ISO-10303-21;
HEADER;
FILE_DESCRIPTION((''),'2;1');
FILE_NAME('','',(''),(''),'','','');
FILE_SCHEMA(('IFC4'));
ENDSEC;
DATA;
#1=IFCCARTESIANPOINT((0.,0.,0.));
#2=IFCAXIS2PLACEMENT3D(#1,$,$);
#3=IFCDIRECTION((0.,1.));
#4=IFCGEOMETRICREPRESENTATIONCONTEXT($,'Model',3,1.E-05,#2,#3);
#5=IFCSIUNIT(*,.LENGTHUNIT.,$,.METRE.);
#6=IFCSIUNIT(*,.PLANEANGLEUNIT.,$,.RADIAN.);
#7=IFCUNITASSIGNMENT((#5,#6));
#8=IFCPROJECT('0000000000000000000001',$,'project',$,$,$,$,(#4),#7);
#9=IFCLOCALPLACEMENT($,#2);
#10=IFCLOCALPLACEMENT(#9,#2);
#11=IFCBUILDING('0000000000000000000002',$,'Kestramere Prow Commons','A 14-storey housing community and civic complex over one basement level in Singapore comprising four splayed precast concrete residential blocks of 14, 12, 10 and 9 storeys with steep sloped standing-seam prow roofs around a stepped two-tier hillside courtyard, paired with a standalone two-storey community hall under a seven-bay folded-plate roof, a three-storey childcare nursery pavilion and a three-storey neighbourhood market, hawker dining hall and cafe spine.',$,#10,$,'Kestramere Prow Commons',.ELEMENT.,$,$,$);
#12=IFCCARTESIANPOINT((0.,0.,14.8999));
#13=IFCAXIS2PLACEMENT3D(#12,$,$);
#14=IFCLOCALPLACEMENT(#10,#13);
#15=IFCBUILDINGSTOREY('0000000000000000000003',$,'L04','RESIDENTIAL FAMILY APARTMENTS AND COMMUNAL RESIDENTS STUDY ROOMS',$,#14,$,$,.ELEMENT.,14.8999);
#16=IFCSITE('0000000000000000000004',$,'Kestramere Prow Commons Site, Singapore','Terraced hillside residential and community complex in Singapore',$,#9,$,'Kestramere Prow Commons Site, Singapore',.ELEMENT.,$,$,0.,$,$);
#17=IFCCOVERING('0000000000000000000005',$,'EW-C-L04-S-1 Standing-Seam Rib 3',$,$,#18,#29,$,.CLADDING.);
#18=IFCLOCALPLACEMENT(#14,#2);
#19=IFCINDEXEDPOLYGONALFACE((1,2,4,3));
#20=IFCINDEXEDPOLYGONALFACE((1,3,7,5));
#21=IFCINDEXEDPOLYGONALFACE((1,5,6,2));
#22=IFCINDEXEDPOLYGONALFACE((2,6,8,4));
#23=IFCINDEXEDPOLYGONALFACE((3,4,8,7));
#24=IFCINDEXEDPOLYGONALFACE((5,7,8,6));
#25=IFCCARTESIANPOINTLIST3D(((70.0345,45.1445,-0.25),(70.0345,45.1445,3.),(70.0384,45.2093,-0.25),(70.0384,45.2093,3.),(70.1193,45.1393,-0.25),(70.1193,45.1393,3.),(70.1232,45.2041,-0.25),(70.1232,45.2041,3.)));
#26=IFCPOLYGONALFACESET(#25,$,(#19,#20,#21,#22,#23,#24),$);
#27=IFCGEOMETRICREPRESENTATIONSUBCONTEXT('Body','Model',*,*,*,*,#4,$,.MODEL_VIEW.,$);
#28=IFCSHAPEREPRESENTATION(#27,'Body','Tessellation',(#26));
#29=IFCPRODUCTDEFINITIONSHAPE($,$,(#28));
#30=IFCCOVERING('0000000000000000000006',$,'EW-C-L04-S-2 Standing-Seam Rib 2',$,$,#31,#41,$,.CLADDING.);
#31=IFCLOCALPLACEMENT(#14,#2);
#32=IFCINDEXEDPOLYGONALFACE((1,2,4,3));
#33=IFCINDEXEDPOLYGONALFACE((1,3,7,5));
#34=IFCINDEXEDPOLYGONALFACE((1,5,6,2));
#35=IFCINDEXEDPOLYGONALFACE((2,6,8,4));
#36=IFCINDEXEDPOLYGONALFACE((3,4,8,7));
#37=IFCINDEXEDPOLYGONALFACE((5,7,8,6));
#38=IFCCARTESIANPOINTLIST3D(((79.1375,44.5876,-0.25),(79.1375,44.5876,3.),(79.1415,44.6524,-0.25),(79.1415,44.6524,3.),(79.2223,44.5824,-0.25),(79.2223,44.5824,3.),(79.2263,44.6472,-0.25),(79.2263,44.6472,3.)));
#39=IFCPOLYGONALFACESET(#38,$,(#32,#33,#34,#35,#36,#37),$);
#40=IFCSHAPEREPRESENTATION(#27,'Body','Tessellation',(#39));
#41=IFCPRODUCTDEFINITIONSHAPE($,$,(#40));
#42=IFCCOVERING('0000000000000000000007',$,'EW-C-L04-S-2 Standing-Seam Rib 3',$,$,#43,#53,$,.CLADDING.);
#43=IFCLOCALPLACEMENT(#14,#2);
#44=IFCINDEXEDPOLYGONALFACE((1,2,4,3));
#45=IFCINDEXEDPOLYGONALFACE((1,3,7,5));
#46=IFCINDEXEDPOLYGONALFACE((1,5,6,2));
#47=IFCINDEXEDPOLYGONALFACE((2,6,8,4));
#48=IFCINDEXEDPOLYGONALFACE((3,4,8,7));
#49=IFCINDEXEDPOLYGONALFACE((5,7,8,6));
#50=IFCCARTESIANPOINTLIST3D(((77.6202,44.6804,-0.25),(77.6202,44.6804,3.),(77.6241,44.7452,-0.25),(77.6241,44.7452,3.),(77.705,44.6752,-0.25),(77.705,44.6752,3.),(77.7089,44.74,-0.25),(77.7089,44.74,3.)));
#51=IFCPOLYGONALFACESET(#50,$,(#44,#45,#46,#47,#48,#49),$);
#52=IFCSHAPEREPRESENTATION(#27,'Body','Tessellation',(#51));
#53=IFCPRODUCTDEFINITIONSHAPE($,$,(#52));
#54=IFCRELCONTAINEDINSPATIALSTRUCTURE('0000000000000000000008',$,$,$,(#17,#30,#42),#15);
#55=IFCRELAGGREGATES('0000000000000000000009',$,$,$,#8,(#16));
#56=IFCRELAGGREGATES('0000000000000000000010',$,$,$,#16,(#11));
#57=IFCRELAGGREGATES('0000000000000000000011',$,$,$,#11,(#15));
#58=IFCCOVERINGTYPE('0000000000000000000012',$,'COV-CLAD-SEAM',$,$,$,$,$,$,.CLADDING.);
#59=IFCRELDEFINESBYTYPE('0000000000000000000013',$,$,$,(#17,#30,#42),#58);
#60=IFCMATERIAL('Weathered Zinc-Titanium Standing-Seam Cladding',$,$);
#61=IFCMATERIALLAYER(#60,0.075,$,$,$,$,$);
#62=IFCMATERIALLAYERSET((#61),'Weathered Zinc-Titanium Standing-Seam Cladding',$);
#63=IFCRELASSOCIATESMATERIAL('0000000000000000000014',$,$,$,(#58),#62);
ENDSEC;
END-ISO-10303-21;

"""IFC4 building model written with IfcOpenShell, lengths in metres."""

from ifc_helpers import new_model, si_unit, direction, frame, origin, origin_2d, place, context, subcontext, project, spatial, rectangle, extrude, material, layer, layer_set, type_object, element, save


model = new_model("IFC4")

# Units and contexts
model_context = context("Model", 3, precision=1e-05, world=origin(), true_north=direction((0.0, 1.0)))
body_context = subcontext(model_context, "Body", "Model", "MODEL_VIEW")
ifc_project = project(units=[si_unit("LENGTHUNIT", "METRE"), si_unit("PLANEANGLEUNIT", "RADIAN")], contexts=[model_context])

# Site, building, storey
site_placement = place(None, origin())
site = spatial("IfcSite", under=ifc_project, at=site_placement, Name="Kestramere Prow Commons Site, Singapore", Description="Terraced hillside residential and community complex in Singapore", LongName="Kestramere Prow Commons Site, Singapore", CompositionType="ELEMENT", RefElevation=0.0)
building_placement = place(site_placement, origin())
building = spatial("IfcBuilding", under=site, at=building_placement, Name="Kestramere Prow Commons", Description="A 14-storey housing community and civic complex over one basement level in Singapore comprising four splayed precast concrete residential blocks of 14, 12, 10 and 9 storeys with steep sloped standing-seam prow roofs around a stepped two-tier hillside courtyard, paired with a standalone two-storey community hall under a seven-bay folded-plate roof, a three-storey childcare nursery pavilion and a three-storey neighbourhood market, hawker dining hall and cafe spine.", LongName="Kestramere Prow Commons", CompositionType="ELEMENT")
storey_placement = place(building_placement, frame((0.0, 0.0, 14.8999)))
storey = spatial("IfcBuildingStorey", under=building, at=storey_placement, Name="L04", Description="RESIDENTIAL FAMILY APARTMENTS AND COMMUNAL RESIDENTS STUDY ROOMS", CompositionType="ELEMENT", Elevation=14.8999)

# Coverings
ifc_material_1 = material(Name="Weathered Zinc-Titanium Standing-Seam Cladding")
ifc_layer_1 = layer(ifc_material_1, 0.075)
ifc_layer_set_1 = layer_set([ifc_layer_1], Name="Weathered Zinc-Titanium Standing-Seam Cladding")
covering_type = type_object("IfcCoveringType", Name="COV-CLAD-SEAM", PredefinedType="CLADDING", material=ifc_layer_set_1)
for number, where, z_axis, x_axis, name in (
    (1, (70.0789, 45.1743, -0.25), (0.0, 0.0, 1.0), (-0.998135, 0.061049, 0.0), "EW-C-L04-S-1 Standing-Seam Rib 3"),
    (2, (79.1819, 44.6174, -0.25), (0.0, 0.0, 1.0), (-0.998135, 0.061049, 0.0), "EW-C-L04-S-2 Standing-Seam Rib 2"),
    (3, (77.6646, 44.7102, -0.25), (0.0, 0.0, 1.0), (-0.998135, 0.061049, 0.0), "EW-C-L04-S-2 Standing-Seam Rib 3"),
):
    element("IfcCovering", number, at=place(storey_placement, frame(where, z_axis=z_axis, x_axis=x_axis)), inside=storey, type_object=covering_type, Name=name, PredefinedType="CLADDING", context=body_context, shape_type="SweptSolid", body=[
        extrude(rectangle(XDim=0.085, YDim=0.0649, at=origin_2d()), origin(), (0.0, 0.0, 1.0), 3.25),
    ])

save(model, "model.ifc")
